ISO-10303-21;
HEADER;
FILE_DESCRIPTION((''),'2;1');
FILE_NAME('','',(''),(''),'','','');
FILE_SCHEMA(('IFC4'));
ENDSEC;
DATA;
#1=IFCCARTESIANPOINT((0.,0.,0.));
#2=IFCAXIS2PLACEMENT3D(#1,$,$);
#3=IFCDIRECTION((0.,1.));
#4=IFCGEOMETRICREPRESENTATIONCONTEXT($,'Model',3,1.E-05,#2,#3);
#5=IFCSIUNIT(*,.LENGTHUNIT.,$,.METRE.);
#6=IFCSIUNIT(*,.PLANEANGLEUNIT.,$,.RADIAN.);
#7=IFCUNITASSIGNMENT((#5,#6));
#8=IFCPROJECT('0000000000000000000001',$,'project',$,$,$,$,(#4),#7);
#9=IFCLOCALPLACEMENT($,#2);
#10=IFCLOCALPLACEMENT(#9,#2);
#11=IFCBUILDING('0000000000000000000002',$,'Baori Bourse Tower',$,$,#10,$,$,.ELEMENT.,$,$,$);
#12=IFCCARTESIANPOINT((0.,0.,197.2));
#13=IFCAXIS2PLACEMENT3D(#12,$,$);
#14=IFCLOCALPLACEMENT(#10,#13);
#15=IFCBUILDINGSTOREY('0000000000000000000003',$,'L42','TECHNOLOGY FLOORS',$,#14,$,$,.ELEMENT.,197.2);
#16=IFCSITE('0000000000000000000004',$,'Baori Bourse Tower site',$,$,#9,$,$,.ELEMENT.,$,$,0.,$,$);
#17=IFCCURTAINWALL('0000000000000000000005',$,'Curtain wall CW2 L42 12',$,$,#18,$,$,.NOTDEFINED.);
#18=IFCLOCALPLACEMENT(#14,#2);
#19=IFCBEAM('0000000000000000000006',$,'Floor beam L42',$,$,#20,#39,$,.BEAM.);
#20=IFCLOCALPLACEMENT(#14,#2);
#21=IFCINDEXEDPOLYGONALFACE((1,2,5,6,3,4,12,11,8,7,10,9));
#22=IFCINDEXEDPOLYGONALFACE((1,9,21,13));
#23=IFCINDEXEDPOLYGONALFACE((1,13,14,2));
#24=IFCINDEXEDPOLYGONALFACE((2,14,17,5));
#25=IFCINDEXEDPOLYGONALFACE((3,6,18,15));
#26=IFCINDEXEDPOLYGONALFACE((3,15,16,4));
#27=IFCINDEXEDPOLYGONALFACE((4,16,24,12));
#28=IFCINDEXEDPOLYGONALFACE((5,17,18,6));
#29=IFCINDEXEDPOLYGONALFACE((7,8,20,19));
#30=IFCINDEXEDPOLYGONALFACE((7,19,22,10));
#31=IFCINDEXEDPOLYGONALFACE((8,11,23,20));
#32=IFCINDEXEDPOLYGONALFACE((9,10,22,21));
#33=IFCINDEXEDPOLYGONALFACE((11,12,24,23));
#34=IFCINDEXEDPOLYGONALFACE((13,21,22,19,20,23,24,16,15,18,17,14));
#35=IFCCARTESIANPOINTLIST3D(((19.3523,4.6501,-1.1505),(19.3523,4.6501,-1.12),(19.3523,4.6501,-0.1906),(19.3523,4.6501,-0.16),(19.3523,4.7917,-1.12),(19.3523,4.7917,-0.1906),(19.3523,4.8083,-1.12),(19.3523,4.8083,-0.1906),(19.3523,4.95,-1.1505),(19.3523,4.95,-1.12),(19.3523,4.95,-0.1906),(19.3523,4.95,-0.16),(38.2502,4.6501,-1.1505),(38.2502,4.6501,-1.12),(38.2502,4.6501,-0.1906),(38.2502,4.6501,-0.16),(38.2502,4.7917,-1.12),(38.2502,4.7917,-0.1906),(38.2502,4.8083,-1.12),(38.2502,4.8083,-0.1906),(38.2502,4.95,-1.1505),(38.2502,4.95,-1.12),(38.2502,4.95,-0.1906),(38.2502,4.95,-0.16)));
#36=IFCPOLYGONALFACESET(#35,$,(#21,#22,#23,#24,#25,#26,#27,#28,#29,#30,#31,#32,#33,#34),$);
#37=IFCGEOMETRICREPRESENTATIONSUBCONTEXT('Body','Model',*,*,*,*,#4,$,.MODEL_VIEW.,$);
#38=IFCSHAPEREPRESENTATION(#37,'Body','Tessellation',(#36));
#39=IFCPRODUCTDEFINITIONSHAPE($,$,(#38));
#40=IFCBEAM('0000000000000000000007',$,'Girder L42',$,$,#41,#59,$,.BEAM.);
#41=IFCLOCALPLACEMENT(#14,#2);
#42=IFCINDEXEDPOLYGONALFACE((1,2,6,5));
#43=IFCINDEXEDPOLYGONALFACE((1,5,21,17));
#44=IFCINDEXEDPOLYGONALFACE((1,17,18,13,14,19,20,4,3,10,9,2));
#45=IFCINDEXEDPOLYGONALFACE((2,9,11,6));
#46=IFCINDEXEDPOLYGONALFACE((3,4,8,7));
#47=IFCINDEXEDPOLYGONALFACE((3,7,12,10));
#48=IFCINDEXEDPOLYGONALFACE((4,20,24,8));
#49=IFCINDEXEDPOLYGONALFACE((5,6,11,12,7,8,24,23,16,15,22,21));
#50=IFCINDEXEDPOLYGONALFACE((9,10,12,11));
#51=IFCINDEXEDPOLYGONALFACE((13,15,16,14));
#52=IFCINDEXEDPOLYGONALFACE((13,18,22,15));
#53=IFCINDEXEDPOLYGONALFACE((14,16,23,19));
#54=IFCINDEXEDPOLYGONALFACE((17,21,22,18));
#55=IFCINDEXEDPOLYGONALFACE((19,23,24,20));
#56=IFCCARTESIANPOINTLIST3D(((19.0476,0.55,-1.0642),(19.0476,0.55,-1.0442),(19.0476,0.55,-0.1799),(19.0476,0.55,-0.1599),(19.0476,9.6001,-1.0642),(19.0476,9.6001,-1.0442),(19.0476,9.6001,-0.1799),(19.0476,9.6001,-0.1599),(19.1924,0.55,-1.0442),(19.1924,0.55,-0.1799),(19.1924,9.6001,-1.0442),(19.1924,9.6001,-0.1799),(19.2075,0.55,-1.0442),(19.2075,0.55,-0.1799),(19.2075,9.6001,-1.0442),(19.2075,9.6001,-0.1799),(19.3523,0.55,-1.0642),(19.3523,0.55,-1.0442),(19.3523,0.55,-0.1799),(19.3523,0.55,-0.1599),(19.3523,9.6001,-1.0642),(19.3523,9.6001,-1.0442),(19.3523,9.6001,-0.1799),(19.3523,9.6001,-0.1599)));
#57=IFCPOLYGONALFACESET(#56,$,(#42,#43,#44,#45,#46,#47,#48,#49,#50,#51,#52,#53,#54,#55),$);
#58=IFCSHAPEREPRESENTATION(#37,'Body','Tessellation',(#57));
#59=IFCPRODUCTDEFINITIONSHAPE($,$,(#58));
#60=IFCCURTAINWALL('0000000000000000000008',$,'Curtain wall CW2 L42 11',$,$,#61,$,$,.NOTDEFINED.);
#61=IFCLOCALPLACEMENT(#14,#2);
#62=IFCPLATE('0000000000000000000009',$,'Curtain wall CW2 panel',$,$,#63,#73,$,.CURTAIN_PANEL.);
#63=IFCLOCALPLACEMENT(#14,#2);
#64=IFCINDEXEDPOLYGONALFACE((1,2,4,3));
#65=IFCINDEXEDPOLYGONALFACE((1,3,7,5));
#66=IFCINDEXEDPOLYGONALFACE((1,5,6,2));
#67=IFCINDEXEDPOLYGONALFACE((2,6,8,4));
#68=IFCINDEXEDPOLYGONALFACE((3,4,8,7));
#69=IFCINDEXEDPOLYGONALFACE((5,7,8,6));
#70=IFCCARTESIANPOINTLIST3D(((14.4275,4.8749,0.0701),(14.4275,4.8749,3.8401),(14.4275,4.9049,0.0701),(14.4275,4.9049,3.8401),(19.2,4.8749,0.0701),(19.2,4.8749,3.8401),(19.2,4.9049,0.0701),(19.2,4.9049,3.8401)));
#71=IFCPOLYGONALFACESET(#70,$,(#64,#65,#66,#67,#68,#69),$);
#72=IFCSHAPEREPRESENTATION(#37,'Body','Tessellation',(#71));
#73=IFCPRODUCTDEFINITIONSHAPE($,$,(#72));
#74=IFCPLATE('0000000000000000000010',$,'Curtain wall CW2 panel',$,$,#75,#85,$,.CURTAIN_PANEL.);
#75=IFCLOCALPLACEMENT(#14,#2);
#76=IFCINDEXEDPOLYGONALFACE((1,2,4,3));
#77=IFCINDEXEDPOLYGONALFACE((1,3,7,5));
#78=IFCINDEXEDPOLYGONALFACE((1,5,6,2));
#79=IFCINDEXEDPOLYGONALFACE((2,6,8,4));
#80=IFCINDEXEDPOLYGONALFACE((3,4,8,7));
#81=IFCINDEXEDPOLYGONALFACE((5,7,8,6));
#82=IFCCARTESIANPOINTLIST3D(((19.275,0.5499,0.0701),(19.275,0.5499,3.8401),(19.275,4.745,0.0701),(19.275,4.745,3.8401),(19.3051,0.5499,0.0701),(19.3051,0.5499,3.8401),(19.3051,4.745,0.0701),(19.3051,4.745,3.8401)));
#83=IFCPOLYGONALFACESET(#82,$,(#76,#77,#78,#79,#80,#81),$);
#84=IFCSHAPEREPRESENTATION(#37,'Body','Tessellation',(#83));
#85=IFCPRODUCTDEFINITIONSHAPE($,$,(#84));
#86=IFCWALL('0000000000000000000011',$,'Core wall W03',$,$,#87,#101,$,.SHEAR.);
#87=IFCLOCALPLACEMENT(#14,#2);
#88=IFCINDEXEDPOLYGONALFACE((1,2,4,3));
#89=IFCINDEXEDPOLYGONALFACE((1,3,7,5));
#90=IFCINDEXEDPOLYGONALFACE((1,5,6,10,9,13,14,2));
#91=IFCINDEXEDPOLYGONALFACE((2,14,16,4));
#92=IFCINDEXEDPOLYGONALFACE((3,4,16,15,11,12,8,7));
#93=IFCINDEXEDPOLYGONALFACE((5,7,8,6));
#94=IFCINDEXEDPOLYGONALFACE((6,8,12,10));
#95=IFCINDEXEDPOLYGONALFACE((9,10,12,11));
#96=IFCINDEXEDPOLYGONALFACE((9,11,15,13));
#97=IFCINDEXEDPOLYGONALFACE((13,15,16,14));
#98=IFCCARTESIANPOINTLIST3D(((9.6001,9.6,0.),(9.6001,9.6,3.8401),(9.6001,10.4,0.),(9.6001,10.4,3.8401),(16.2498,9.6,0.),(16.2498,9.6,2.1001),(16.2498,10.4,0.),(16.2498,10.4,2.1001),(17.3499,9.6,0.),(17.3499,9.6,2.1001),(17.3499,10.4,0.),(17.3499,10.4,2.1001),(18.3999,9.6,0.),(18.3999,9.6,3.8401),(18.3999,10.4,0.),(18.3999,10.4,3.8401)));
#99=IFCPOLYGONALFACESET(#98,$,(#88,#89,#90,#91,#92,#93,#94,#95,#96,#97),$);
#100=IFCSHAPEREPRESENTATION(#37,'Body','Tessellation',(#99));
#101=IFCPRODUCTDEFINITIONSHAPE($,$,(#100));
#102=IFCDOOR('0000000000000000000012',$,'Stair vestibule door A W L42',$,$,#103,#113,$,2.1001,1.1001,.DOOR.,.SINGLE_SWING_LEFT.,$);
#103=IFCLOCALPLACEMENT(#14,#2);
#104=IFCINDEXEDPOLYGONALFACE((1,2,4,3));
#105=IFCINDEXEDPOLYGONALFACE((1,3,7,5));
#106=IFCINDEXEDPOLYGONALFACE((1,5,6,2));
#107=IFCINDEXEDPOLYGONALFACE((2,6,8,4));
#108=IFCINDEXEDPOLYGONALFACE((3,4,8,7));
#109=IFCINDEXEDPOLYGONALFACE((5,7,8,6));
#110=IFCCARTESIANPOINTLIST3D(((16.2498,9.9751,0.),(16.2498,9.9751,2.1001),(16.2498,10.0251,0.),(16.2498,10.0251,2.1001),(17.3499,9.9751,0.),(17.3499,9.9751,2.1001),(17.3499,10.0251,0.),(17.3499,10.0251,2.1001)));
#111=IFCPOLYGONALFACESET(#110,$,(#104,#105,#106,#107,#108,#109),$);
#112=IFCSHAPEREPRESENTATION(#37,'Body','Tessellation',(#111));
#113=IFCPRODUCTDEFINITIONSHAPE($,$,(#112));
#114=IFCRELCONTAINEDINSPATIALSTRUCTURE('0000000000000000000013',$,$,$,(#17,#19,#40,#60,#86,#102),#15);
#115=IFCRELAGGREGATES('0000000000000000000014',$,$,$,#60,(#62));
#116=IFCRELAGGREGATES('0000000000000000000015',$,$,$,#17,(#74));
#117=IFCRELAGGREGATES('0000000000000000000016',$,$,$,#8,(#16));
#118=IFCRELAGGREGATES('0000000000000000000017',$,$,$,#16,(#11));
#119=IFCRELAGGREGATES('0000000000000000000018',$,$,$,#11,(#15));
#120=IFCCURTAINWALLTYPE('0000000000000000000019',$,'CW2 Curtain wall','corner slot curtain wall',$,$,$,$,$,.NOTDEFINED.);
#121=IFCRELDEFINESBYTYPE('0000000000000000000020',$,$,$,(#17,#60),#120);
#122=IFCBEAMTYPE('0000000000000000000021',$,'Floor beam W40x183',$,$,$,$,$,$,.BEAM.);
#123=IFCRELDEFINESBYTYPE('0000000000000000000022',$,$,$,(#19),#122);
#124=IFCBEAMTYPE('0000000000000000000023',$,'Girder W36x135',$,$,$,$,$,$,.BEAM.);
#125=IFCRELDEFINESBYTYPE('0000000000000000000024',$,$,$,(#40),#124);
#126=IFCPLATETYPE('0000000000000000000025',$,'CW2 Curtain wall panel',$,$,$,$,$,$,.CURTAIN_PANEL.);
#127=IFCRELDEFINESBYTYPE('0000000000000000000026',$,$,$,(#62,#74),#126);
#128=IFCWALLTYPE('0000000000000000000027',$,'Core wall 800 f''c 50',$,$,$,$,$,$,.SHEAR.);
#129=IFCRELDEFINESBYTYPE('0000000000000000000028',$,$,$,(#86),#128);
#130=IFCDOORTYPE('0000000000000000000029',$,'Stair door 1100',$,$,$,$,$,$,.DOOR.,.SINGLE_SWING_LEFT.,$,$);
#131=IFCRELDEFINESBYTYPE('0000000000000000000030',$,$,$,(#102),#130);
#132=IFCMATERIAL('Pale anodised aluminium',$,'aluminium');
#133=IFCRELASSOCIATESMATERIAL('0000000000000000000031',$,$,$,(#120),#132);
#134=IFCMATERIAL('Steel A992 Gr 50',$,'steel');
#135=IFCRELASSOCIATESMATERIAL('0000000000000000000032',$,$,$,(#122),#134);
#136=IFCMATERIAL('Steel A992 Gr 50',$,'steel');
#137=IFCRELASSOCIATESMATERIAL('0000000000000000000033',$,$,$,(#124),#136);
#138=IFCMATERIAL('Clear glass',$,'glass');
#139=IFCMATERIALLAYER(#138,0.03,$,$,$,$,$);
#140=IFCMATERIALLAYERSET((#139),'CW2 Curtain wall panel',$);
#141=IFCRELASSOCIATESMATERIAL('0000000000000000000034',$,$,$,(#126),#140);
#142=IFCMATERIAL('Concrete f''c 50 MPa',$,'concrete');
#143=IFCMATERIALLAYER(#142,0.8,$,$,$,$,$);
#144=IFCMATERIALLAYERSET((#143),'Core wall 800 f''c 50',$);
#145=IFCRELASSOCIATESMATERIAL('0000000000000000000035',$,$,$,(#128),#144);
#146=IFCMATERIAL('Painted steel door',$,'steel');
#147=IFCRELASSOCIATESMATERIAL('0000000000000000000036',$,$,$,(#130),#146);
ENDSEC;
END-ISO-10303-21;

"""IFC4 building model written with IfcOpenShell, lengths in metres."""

from ifc_helpers import new_model, si_unit, direction, frame, frame_2d, origin, origin_2d, place, context, subcontext, project, spatial, rectangle, i_section, extrude, material, layer, layer_set, material_profile, profile_set, type_object, element, fill, aggregate, save


model = new_model("IFC4")

# Units and contexts
model_context = context("Model", 3, precision=1e-05, world=origin(), true_north=direction((0.0, 1.0)))
body_context = subcontext(model_context, "Body", "Model", "MODEL_VIEW")
ifc_project = project(units=[si_unit("LENGTHUNIT", "METRE"), si_unit("PLANEANGLEUNIT", "RADIAN")], contexts=[model_context])

# Site, building, storey
site_placement = place(None, origin())
site = spatial("IfcSite", under=ifc_project, at=site_placement, Name="Baori Bourse Tower site", CompositionType="ELEMENT", RefElevation=0.0)
building_placement = place(site_placement, origin())
building = spatial("IfcBuilding", under=site, at=building_placement, Name="Baori Bourse Tower", CompositionType="ELEMENT")
storey_placement = place(building_placement, frame((0.0, 0.0, 197.2)))
storey = spatial("IfcBuildingStorey", under=building, at=storey_placement, Name="L42", Description="TECHNOLOGY FLOORS", CompositionType="ELEMENT", Elevation=197.2)

# Curtain wall
ifc_material_1 = material(Name="Pale anodised aluminium", Category="aluminium")
curtain_wall_type_1 = type_object("IfcCurtainWallType", Name="CW2 Curtain wall", Description="corner slot curtain wall", PredefinedType="NOTDEFINED", material=ifc_material_1)
curtain_wall_1_placement = place(storey_placement, origin())
curtain_wall_1 = element("IfcCurtainWall", 1, at=curtain_wall_1_placement, inside=storey, type_object=curtain_wall_type_1, Name="Curtain wall CW2 L42 12", PredefinedType="NOTDEFINED")

# Beams
ifc_material_2 = material(Name="Steel A992 Gr 50", Category="steel")
ifc_material_profile_1 = material_profile(ifc_material_2, i_section(OverallWidth=0.2998, OverallDepth=0.9905, WebThickness=0.0166, FlangeThickness=0.0305, at=origin_2d()), Name="W40x183")
ifc_profile_set_1 = profile_set([ifc_material_profile_1], Name="Steel A992 Gr 50")
beam_type_1 = type_object("IfcBeamType", Name="Floor beam W40x183", PredefinedType="BEAM", material=ifc_profile_set_1)
beam_1_placement = place(storey_placement, frame((19.3523, 4.8, -0.6553), z_axis=(1.0, 0.0, 0.0), x_axis=(0.0, 1.0, 0.0)))
element("IfcBeam", 2, at=beam_1_placement, inside=storey, type_object=beam_type_1, Name="Floor beam L42", PredefinedType="BEAM", context=body_context, shape_type="SweptSolid", body=[
    extrude(i_section(OverallWidth=0.2998, OverallDepth=0.9905, WebThickness=0.0166, FlangeThickness=0.0305, at=origin_2d()), origin(), (0.0, 0.0, 1.0), 18.8979),
])
ifc_material_3 = material(Name="Steel A992 Gr 50", Category="steel")
ifc_material_profile_2 = material_profile(ifc_material_3, i_section(OverallWidth=0.3047, OverallDepth=0.9043, WebThickness=0.0151, FlangeThickness=0.02, at=origin_2d()), Name="W36x135")
ifc_profile_set_2 = profile_set([ifc_material_profile_2], Name="Steel A992 Gr 50")
beam_type_2 = type_object("IfcBeamType", Name="Girder W36x135", PredefinedType="BEAM", material=ifc_profile_set_2)
beam_2_placement = place(storey_placement, frame((19.2, 0.55, -0.6121), z_axis=(0.0, 1.0, 0.0), x_axis=(-1.0, 0.0, 0.0)))
element("IfcBeam", 3, at=beam_2_placement, inside=storey, type_object=beam_type_2, Name="Girder L42", PredefinedType="BEAM", context=body_context, shape_type="SweptSolid", body=[
    extrude(i_section(OverallWidth=0.3047, OverallDepth=0.9043, WebThickness=0.0151, FlangeThickness=0.02, at=origin_2d()), origin(), (0.0, 0.0, 1.0), 9.05),
])

# Curtain wall, plate
curtain_wall_2_placement = place(storey_placement, origin())
curtain_wall_2 = element("IfcCurtainWall", 4, at=curtain_wall_2_placement, inside=storey, type_object=curtain_wall_type_1, Name="Curtain wall CW2 L42 11", PredefinedType="NOTDEFINED")
ifc_material_4 = material(Name="Clear glass", Category="glass")
ifc_layer_1 = layer(ifc_material_4, 0.03)
ifc_layer_set_1 = layer_set([ifc_layer_1], Name="CW2 Curtain wall panel")
plate_type = type_object("IfcPlateType", Name="CW2 Curtain wall panel", PredefinedType="CURTAIN_PANEL", material=ifc_layer_set_1)
plate_1_placement = place(storey_placement, frame((16.8137, 4.8899, 0.0701), z_axis=(0.0, 0.0, 1.0), x_axis=(1.0, 0.0, 0.0)))
plate_1 = element("IfcPlate", 5, at=plate_1_placement, type_object=plate_type, Name="Curtain wall CW2 panel", PredefinedType="CURTAIN_PANEL", context=body_context, shape_type="SweptSolid", body=[
    extrude(rectangle(XDim=4.7725, YDim=0.03, at=origin_2d()), origin(), (0.0, 0.0, 1.0), 3.77),
])
aggregate(curtain_wall_2, [plate_1])

# Plate
plate_2_placement = place(storey_placement, frame((19.29, 2.6475, 0.0701), z_axis=(0.0, 0.0, 1.0), x_axis=(0.0, -1.0, 0.0)))
plate_2 = element("IfcPlate", 6, at=plate_2_placement, type_object=plate_type, Name="Curtain wall CW2 panel", PredefinedType="CURTAIN_PANEL", context=body_context, shape_type="SweptSolid", body=[
    extrude(rectangle(XDim=4.1951, YDim=0.03, at=origin_2d()), origin(), (0.0, 0.0, 1.0), 3.77),
])
aggregate(curtain_wall_1, [plate_2])

# Wall, opening, door
ifc_material_5 = material(Name="Concrete f'c 50 MPa", Category="concrete")
ifc_layer_2 = layer(ifc_material_5, 0.8)
ifc_layer_set_2 = layer_set([ifc_layer_2], Name="Core wall 800 f'c 50")
wall_type_1 = type_object("IfcWallType", Name="Core wall 800 f'c 50", PredefinedType="SHEAR", material=ifc_layer_set_2)
wall_1_placement = place(storey_placement, frame((18.3999, 10.0, 0.0), z_axis=(0.0, 0.0, 1.0), x_axis=(-1.0, 0.0, 0.0)))
wall_1 = element("IfcWall", 7, at=wall_1_placement, inside=storey, type_object=wall_type_1, Name="Core wall W03", PredefinedType="SHEAR", context=body_context, shape_type="SweptSolid", body=[
    extrude(rectangle(XDim=8.7998, YDim=0.8, at=frame_2d((4.3999, 0.0))), origin(), (0.0, 0.0, 1.0), 3.8401),
])
opening_1_placement = place(wall_1_placement, frame((1.05, 0.0, 0.0)))
opening_1 = element("IfcOpeningElement", 8, at=opening_1_placement, cuts=wall_1, PredefinedType="OPENING", context=body_context, shape_type="SweptSolid", body=[
    extrude(rectangle(XDim=1.1001, YDim=2.1001, at=frame_2d((0.55, 1.05))), frame((0.0, 0.4099, 0.0), z_axis=(0.0, -1.0, 0.0), x_axis=(1.0, 0.0, 0.0)), (0.0, 0.0, 1.0), 0.8201),
])
ifc_material_6 = material(Name="Painted steel door", Category="steel")
door_type_1 = type_object("IfcDoorType", Name="Stair door 1100", OperationType="SINGLE_SWING_LEFT", PredefinedType="DOOR", material=ifc_material_6)
door_1_placement = place(opening_1_placement, origin())
door_1 = element("IfcDoor", 9, at=door_1_placement, inside=storey, type_object=door_type_1, Name="Stair vestibule door A W L42", OperationType="SINGLE_SWING_LEFT", OverallHeight=2.1001, OverallWidth=1.1001, PredefinedType="DOOR", context=body_context, shape_type="SweptSolid", body=[
    extrude(rectangle(XDim=1.1001, YDim=2.1001, at=frame_2d((0.55, 1.05))), frame((0.0, 0.0249, 0.0), z_axis=(0.0, -1.0, 0.0), x_axis=(1.0, 0.0, 0.0)), (0.0, 0.0, 1.0), 0.05),
])
fill(opening_1, door_1)

save(model, "model.ifc")
